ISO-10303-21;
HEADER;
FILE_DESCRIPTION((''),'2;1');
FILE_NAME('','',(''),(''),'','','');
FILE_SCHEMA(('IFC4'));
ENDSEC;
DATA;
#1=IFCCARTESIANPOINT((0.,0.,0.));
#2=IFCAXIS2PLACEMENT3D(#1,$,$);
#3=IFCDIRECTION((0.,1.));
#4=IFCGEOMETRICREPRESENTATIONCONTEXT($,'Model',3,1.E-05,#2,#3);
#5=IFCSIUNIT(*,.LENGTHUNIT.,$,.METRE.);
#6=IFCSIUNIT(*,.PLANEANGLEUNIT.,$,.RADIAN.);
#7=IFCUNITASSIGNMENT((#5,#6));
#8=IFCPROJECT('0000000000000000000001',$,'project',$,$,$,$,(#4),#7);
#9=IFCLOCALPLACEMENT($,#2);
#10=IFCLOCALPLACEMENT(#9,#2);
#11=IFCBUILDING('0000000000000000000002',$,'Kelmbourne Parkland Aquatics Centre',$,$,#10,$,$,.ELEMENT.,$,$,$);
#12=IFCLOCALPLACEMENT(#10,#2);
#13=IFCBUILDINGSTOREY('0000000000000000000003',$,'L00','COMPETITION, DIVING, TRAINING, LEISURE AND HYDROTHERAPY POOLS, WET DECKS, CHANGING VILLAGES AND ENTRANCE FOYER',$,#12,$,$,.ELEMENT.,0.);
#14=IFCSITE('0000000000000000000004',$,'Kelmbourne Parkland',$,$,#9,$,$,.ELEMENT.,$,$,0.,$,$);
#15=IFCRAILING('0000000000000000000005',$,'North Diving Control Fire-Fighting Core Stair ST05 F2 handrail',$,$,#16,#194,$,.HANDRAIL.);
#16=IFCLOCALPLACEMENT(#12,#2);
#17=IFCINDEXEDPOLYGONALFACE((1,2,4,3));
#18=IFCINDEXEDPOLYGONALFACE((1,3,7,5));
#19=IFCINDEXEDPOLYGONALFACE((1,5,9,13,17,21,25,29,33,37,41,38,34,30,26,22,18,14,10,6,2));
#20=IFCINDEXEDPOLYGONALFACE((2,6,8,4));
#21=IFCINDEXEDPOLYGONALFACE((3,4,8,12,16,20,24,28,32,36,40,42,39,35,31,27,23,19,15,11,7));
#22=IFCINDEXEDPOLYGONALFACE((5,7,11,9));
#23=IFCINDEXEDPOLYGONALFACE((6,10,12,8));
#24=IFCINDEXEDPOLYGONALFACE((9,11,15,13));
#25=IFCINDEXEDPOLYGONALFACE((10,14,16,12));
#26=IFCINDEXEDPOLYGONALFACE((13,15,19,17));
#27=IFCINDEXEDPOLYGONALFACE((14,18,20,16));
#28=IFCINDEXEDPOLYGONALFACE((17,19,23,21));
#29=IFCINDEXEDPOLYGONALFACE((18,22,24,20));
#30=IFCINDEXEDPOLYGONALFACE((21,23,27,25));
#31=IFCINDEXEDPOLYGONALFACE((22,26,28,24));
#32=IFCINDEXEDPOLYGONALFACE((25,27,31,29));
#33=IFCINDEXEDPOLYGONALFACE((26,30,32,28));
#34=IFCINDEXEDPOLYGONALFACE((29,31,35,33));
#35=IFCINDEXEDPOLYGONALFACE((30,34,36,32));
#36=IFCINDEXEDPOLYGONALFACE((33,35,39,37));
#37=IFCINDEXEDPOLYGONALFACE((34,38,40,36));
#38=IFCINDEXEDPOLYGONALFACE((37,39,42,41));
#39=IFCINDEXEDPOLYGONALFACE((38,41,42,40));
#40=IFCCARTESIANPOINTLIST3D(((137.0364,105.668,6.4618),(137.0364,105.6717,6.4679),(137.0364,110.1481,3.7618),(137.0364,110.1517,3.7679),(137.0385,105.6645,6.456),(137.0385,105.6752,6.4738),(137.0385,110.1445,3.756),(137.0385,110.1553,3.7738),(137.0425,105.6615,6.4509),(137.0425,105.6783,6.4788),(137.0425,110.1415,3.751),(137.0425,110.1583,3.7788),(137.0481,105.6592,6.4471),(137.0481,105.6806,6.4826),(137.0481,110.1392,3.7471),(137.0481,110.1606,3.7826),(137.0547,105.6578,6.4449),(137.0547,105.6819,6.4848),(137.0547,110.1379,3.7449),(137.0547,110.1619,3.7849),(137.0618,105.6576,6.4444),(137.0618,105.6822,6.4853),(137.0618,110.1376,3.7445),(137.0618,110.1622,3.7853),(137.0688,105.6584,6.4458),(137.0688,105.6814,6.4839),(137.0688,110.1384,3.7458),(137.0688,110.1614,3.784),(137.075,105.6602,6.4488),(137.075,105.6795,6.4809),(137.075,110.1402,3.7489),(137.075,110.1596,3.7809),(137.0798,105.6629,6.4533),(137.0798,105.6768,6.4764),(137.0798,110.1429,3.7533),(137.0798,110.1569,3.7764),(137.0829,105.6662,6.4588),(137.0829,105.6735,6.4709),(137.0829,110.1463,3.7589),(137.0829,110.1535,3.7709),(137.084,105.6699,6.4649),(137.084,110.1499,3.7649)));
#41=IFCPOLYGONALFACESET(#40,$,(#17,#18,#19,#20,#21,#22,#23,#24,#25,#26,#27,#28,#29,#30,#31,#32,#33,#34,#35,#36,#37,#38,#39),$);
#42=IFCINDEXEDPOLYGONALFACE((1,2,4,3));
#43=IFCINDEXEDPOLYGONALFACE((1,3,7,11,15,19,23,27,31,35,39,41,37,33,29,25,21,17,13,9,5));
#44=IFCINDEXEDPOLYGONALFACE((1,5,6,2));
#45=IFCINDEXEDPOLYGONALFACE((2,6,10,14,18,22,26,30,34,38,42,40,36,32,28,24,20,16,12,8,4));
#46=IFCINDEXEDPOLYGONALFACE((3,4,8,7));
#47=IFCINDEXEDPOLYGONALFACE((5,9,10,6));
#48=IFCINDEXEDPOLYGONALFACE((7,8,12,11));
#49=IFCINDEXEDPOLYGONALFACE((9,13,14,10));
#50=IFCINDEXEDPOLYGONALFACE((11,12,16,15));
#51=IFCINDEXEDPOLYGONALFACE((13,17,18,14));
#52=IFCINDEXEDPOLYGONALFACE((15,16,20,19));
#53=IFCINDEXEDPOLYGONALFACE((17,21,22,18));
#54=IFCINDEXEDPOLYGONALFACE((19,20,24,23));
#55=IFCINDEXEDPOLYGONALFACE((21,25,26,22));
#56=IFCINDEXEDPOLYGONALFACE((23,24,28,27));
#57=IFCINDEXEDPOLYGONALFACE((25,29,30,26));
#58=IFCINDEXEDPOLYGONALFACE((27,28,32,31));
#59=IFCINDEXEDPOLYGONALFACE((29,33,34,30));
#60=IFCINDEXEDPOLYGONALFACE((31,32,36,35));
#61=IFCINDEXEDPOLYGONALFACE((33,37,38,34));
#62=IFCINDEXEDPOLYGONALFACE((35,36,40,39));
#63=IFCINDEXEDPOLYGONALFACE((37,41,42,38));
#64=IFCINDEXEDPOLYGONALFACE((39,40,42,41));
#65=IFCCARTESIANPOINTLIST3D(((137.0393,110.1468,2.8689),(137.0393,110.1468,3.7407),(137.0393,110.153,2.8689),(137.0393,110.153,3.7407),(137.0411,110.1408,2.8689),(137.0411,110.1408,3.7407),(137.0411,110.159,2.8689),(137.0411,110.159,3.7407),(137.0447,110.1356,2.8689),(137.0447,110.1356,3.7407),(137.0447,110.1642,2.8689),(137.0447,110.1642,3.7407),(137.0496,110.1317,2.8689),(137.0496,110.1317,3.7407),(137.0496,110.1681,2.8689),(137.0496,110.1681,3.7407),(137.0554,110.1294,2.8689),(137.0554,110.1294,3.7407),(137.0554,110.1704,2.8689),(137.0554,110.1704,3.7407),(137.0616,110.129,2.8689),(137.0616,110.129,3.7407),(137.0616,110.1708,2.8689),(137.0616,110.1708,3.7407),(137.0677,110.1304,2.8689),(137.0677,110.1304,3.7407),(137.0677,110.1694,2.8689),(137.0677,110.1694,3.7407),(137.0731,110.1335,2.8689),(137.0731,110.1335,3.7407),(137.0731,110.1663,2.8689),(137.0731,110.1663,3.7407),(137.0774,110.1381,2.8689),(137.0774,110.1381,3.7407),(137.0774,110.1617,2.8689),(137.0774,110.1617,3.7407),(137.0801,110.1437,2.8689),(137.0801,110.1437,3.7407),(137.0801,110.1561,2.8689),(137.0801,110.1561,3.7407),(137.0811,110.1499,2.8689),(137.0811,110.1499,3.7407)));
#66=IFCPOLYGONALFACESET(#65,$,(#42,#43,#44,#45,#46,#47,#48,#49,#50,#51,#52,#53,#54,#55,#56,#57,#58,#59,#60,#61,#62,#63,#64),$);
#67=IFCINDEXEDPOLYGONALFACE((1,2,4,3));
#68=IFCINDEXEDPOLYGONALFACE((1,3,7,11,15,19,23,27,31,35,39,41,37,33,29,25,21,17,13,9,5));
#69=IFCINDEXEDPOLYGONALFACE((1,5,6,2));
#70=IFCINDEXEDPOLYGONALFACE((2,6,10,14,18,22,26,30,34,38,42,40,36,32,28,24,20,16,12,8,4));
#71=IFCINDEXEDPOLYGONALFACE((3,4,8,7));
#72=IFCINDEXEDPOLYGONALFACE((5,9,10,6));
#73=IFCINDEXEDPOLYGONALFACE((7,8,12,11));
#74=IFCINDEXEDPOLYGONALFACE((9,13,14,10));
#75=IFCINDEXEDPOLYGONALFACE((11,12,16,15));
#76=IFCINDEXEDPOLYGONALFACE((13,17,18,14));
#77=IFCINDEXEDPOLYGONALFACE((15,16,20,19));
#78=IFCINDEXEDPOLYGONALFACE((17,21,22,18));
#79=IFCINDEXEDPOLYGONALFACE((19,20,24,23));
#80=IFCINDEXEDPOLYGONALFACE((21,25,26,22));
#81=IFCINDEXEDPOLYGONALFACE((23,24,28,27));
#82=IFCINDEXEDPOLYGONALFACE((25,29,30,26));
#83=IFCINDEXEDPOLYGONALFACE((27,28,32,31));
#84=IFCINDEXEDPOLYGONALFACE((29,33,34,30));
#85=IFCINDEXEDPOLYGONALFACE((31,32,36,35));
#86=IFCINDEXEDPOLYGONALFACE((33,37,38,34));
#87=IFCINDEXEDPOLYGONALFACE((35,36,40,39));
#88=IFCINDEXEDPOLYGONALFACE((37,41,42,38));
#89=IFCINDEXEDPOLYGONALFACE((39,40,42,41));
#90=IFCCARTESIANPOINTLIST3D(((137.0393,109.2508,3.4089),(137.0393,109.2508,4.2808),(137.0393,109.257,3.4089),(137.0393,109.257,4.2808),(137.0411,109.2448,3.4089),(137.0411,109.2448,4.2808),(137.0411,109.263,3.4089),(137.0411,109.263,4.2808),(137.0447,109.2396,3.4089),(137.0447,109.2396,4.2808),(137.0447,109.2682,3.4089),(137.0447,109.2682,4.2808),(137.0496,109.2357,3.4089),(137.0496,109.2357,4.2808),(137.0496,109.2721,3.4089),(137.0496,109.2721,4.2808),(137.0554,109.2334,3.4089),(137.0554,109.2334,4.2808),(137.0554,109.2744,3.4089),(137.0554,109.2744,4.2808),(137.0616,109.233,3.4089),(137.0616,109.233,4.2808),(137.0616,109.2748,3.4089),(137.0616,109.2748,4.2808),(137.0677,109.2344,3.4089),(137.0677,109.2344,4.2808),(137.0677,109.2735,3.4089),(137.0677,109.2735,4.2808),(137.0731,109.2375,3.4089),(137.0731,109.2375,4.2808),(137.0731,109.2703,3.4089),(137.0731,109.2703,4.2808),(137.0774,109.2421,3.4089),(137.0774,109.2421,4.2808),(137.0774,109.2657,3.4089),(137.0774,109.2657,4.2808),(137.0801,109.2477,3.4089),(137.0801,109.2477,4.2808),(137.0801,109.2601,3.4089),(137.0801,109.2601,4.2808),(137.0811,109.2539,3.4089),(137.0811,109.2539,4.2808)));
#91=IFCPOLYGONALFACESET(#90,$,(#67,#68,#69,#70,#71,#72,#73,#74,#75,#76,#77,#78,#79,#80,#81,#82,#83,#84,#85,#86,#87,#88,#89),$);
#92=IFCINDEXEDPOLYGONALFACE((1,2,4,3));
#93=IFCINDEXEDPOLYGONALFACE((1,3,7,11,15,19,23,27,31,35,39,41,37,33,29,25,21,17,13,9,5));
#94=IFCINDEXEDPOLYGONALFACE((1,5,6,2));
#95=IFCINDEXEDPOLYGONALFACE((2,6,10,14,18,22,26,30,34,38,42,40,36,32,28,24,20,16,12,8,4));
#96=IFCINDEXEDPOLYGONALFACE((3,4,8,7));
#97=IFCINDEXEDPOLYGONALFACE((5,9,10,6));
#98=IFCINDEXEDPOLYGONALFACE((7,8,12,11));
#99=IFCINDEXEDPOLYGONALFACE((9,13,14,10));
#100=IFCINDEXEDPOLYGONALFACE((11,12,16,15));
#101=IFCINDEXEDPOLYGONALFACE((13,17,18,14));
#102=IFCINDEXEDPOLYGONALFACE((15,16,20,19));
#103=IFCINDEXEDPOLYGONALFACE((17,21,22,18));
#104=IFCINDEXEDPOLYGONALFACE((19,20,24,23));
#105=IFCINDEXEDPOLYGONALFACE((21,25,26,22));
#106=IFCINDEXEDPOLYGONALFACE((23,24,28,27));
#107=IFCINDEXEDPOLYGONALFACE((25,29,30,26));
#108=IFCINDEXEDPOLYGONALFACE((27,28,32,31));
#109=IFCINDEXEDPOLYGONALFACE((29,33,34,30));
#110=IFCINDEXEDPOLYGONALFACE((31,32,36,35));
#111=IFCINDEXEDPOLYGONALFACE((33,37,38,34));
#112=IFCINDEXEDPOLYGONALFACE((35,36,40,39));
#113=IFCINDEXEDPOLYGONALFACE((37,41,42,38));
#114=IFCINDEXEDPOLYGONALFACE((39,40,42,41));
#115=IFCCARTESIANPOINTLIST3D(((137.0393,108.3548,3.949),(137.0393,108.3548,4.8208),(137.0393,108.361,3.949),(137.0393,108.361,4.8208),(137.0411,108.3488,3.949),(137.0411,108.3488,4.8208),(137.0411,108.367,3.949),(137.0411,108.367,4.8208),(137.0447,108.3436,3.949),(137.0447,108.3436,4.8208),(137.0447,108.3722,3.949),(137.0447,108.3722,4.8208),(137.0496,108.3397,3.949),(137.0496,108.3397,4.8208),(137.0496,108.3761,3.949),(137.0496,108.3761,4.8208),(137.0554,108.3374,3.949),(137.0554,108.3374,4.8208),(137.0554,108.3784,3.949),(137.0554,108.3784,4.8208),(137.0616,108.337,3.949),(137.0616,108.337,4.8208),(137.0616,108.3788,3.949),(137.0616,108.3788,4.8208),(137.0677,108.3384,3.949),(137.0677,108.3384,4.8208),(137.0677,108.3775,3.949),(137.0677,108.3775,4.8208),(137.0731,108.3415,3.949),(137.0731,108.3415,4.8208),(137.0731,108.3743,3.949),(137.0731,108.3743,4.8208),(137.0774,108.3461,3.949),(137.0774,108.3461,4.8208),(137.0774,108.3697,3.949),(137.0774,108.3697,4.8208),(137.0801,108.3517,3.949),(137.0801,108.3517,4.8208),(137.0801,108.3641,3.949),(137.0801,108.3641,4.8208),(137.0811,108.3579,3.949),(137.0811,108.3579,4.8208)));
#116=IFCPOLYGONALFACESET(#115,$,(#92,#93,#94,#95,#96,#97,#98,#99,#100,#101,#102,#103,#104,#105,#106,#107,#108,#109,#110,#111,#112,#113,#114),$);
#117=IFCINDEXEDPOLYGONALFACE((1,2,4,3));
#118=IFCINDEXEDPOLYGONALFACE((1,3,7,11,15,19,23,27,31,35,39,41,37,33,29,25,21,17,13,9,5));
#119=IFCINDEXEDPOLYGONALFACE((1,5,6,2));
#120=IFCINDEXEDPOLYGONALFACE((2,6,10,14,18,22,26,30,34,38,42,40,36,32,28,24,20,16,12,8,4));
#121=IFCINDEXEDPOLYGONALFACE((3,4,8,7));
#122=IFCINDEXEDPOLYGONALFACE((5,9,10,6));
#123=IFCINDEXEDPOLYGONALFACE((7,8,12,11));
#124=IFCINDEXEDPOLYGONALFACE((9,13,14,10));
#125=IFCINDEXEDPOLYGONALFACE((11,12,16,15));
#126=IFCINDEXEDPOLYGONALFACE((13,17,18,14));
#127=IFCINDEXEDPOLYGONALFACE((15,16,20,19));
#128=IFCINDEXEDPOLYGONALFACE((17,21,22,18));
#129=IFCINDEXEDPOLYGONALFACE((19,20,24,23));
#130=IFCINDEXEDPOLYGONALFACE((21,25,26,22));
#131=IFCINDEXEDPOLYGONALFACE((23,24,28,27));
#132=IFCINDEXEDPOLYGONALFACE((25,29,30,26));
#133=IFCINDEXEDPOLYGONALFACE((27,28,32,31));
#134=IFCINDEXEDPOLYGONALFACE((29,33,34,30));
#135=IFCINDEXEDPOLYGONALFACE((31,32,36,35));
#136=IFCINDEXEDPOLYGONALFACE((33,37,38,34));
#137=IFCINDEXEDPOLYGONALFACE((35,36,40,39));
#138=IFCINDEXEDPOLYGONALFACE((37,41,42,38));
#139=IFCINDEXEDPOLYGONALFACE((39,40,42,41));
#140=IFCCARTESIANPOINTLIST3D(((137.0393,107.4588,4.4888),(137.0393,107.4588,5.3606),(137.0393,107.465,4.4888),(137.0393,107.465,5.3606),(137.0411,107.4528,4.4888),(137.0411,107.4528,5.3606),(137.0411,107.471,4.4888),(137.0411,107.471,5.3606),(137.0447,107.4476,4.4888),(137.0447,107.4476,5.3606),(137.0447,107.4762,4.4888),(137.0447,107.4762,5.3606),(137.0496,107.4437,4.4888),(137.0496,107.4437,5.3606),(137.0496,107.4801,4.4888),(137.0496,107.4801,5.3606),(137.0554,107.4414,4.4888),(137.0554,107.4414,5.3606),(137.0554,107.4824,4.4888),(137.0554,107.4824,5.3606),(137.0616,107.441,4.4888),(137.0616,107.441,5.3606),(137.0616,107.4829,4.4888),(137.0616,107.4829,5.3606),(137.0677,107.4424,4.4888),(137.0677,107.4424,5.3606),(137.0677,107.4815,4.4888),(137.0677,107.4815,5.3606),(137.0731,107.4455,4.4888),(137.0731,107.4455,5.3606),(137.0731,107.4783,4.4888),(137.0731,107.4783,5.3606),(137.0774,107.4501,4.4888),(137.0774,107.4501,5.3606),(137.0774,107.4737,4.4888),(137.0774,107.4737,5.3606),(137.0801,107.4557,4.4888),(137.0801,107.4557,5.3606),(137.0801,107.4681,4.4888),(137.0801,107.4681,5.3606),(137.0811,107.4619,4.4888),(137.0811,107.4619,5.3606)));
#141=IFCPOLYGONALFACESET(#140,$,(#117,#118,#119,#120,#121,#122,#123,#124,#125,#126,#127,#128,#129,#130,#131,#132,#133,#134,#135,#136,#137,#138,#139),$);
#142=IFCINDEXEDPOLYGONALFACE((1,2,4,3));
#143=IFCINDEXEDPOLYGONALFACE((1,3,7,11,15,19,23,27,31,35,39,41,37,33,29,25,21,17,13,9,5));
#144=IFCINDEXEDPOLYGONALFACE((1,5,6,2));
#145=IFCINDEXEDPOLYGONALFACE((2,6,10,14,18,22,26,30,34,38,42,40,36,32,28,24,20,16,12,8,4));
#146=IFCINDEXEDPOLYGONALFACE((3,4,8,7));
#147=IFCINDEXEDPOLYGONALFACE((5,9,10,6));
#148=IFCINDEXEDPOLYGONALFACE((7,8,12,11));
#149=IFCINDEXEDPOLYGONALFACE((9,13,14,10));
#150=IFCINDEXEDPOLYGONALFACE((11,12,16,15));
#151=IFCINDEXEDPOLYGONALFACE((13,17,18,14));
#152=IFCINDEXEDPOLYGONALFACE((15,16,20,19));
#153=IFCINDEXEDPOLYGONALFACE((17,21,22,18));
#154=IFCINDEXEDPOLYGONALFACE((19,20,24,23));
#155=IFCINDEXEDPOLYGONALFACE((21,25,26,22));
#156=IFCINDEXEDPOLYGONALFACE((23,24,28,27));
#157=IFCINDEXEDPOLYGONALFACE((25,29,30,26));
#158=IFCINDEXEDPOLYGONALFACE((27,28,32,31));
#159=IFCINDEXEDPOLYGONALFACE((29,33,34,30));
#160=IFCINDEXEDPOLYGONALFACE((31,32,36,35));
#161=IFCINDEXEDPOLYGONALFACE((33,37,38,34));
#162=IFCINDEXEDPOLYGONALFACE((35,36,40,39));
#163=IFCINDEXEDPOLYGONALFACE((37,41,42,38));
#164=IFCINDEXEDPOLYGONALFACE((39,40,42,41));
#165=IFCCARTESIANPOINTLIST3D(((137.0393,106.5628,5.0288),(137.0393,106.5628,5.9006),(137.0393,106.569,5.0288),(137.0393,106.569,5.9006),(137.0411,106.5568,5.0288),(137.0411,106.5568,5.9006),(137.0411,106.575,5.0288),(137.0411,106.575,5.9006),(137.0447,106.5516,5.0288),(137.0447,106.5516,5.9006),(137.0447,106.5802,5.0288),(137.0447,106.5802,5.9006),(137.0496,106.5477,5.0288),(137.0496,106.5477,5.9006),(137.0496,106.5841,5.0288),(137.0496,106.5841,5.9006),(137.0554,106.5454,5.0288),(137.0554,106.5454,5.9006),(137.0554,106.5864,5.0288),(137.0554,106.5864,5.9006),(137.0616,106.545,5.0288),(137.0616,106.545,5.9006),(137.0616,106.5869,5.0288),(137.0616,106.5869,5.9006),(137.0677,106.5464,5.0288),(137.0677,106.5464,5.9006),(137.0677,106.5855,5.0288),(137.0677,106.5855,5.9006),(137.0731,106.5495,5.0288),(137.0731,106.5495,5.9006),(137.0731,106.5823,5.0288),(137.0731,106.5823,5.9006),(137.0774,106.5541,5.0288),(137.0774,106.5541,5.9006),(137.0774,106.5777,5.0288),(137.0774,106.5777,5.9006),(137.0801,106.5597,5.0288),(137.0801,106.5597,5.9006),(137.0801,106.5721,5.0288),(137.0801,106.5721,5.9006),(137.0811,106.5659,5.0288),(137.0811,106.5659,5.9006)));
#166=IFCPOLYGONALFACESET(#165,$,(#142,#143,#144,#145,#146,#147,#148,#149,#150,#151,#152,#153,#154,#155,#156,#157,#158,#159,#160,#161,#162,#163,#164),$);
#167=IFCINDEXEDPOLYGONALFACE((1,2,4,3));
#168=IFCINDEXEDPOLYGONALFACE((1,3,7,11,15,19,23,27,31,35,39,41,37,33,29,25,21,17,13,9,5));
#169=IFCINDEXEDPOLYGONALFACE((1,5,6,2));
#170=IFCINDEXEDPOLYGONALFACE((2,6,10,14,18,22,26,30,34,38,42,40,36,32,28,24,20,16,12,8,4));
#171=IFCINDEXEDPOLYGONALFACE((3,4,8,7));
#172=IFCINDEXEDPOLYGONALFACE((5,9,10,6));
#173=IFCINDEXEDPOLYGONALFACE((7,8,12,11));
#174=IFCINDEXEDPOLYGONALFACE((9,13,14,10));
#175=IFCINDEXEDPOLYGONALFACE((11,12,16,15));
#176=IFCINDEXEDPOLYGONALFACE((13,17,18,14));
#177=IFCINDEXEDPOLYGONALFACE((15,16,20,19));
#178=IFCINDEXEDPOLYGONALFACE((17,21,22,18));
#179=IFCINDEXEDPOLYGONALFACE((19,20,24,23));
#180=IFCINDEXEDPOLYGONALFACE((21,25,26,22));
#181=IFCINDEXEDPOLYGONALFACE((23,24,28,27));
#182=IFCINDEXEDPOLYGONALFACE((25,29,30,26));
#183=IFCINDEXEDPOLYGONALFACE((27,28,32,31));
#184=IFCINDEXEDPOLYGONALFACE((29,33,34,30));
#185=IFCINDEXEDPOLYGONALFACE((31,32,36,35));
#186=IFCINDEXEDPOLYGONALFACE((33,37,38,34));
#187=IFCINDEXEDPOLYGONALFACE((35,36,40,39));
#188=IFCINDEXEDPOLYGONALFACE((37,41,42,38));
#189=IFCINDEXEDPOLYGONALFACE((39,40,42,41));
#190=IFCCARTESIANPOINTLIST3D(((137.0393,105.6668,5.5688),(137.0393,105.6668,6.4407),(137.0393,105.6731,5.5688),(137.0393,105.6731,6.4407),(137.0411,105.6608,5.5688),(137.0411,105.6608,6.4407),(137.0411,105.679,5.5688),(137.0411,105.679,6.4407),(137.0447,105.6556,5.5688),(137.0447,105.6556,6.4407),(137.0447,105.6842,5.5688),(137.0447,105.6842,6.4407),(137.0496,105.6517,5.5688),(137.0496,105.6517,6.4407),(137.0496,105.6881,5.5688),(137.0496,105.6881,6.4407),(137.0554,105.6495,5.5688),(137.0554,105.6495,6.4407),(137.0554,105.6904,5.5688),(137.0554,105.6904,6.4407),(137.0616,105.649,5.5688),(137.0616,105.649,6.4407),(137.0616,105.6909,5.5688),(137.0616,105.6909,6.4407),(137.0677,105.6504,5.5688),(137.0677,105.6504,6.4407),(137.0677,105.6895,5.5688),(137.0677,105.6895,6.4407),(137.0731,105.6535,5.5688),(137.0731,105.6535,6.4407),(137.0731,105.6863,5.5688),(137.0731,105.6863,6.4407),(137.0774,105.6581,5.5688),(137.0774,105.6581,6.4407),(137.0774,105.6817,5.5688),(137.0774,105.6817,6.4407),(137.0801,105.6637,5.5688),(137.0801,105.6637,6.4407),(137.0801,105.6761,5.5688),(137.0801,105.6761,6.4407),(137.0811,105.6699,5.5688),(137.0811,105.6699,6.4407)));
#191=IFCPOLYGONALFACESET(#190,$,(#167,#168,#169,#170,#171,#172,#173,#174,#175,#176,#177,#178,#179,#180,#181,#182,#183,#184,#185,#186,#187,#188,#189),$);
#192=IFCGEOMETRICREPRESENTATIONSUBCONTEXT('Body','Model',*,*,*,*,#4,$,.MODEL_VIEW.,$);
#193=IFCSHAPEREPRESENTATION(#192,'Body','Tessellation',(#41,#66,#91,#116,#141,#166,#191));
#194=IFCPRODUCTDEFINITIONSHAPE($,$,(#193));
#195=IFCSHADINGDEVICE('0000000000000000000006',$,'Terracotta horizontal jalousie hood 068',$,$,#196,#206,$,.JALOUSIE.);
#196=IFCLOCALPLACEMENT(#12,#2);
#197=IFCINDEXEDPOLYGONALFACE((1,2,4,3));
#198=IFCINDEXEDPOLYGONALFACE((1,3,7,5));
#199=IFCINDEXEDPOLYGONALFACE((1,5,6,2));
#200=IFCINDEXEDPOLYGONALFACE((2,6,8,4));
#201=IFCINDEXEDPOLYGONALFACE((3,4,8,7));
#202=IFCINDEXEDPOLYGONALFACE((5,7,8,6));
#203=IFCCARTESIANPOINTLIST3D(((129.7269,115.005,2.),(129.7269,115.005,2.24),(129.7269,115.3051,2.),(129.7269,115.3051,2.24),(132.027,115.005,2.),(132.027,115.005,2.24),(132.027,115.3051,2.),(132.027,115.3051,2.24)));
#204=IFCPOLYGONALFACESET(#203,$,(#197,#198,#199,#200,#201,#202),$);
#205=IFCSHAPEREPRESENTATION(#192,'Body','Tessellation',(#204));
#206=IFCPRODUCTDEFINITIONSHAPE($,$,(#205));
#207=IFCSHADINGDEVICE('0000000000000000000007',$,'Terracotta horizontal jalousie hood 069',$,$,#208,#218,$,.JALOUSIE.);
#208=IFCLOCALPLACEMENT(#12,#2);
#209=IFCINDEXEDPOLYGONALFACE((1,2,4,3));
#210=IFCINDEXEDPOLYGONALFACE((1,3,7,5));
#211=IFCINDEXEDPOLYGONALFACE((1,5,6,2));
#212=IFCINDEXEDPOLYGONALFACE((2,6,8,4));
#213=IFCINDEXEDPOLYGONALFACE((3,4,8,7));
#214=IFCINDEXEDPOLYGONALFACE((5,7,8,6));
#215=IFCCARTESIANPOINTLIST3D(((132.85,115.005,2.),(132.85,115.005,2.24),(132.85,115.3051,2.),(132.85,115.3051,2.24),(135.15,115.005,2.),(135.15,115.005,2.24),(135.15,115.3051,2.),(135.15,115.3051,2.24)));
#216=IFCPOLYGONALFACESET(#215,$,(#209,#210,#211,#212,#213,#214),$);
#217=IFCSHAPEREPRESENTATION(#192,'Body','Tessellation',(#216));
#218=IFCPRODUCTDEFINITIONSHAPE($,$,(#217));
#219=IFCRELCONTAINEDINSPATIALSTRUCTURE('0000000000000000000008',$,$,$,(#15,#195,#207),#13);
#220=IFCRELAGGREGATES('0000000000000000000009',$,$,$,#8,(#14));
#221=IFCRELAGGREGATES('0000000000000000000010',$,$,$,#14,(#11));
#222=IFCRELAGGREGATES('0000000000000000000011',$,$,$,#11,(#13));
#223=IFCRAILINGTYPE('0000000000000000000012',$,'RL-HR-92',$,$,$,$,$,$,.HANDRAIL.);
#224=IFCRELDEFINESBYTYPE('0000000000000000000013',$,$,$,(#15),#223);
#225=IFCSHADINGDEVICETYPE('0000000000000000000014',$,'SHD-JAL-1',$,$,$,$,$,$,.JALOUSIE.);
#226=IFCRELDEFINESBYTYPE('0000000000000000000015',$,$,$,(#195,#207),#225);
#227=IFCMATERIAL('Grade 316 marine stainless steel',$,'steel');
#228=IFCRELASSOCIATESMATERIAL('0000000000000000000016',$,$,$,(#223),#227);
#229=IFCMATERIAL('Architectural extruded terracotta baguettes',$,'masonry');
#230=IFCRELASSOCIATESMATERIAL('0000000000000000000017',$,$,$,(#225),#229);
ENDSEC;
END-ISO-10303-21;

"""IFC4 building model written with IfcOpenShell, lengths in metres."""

from ifc_helpers import new_model, si_unit, direction, frame, origin, origin_2d, place, context, subcontext, project, spatial, rectangle, circle, extrude, material, type_object, element, save


model = new_model("IFC4")

# Units and contexts
model_context = context("Model", 3, precision=1e-05, world=origin(), true_north=direction((0.0, 1.0)))
body_context = subcontext(model_context, "Body", "Model", "MODEL_VIEW")
ifc_project = project(units=[si_unit("LENGTHUNIT", "METRE"), si_unit("PLANEANGLEUNIT", "RADIAN")], contexts=[model_context])

# Site, building, storey
site_placement = place(None, origin())
site = spatial("IfcSite", under=ifc_project, at=site_placement, Name="Kelmbourne Parkland", CompositionType="ELEMENT", RefElevation=0.0)
building_placement = place(site_placement, origin())
building = spatial("IfcBuilding", under=site, at=building_placement, Name="Kelmbourne Parkland Aquatics Centre", CompositionType="ELEMENT")
storey_placement = place(building_placement, origin())
storey = spatial("IfcBuildingStorey", under=building, at=storey_placement, Name="L00", Description="COMPETITION, DIVING, TRAINING, LEISURE AND HYDROTHERAPY POOLS, WET DECKS, CHANGING VILLAGES AND ENTRANCE FOYER", CompositionType="ELEMENT", Elevation=0.0)

# Railing
ifc_material_1 = material(Name="Grade 316 marine stainless steel", Category="steel")
railing_type_1 = type_object("IfcRailingType", Name="RL-HR-92", PredefinedType="HANDRAIL", material=ifc_material_1)
railing_1_placement = place(storey_placement, frame((137.0601, 110.1499, 2.8689)))
element("IfcRailing", 1, at=railing_1_placement, inside=storey, type_object=railing_type_1, Name="North Diving Control Fire-Fighting Core Stair ST05 F2 handrail", PredefinedType="HANDRAIL", context=body_context, shape_type="SweptSolid", body=[
    extrude(circle(Radius=0.0239, at=origin_2d()), frame((0.0, 0.0, 0.896), z_axis=(0.0, -0.856482, 0.516176), x_axis=(1.0, 0.0, 0.0)), (0.0, 0.0, 1.0), 5.2307),
    extrude(circle(Radius=0.021, at=origin_2d()), origin(), (0.0, 0.0, 1.0), 0.8718),
    extrude(circle(Radius=0.021, at=origin_2d()), frame((0.0, -0.896, 0.54)), (0.0, 0.0, 1.0), 0.8718),
    extrude(circle(Radius=0.021, at=origin_2d()), frame((0.0, -1.792, 1.0801)), (0.0, 0.0, 1.0), 0.8718),
    extrude(circle(Radius=0.021, at=origin_2d()), frame((0.0, -2.688, 1.6199)), (0.0, 0.0, 1.0), 0.8718),
    extrude(circle(Radius=0.021, at=origin_2d()), frame((0.0, -3.584, 2.1599)), (0.0, 0.0, 1.0), 0.8718),
    extrude(circle(Radius=0.021, at=origin_2d()), frame((0.0, -4.48, 2.7)), (0.0, 0.0, 1.0), 0.8718),
])

# Shading devices
ifc_material_2 = material(Name="Architectural extruded terracotta baguettes", Category="masonry")
shading_device_type = type_object("IfcShadingDeviceType", Name="SHD-JAL-1", PredefinedType="JALOUSIE", material=ifc_material_2)
for number, where, z_axis, x_axis, name in (
    (2, (130.877, 115.155, 2.0), (0.0, 0.0, 1.0), (1.0, 0.0, 0.0), "Terracotta horizontal jalousie hood 068"),
    (3, (134.0, 115.155, 2.0), (0.0, 0.0, 1.0), (1.0, 0.0, 0.0), "Terracotta horizontal jalousie hood 069"),
):
    element("IfcShadingDevice", number, at=place(storey_placement, frame(where, z_axis=z_axis, x_axis=x_axis)), inside=storey, type_object=shading_device_type, Name=name, PredefinedType="JALOUSIE", context=body_context, shape_type="SweptSolid", body=[
        extrude(rectangle(XDim=2.3, YDim=0.3, at=origin_2d()), origin(), (0.0, 0.0, 1.0), 0.24),
    ])

save(model, "model.ifc")
